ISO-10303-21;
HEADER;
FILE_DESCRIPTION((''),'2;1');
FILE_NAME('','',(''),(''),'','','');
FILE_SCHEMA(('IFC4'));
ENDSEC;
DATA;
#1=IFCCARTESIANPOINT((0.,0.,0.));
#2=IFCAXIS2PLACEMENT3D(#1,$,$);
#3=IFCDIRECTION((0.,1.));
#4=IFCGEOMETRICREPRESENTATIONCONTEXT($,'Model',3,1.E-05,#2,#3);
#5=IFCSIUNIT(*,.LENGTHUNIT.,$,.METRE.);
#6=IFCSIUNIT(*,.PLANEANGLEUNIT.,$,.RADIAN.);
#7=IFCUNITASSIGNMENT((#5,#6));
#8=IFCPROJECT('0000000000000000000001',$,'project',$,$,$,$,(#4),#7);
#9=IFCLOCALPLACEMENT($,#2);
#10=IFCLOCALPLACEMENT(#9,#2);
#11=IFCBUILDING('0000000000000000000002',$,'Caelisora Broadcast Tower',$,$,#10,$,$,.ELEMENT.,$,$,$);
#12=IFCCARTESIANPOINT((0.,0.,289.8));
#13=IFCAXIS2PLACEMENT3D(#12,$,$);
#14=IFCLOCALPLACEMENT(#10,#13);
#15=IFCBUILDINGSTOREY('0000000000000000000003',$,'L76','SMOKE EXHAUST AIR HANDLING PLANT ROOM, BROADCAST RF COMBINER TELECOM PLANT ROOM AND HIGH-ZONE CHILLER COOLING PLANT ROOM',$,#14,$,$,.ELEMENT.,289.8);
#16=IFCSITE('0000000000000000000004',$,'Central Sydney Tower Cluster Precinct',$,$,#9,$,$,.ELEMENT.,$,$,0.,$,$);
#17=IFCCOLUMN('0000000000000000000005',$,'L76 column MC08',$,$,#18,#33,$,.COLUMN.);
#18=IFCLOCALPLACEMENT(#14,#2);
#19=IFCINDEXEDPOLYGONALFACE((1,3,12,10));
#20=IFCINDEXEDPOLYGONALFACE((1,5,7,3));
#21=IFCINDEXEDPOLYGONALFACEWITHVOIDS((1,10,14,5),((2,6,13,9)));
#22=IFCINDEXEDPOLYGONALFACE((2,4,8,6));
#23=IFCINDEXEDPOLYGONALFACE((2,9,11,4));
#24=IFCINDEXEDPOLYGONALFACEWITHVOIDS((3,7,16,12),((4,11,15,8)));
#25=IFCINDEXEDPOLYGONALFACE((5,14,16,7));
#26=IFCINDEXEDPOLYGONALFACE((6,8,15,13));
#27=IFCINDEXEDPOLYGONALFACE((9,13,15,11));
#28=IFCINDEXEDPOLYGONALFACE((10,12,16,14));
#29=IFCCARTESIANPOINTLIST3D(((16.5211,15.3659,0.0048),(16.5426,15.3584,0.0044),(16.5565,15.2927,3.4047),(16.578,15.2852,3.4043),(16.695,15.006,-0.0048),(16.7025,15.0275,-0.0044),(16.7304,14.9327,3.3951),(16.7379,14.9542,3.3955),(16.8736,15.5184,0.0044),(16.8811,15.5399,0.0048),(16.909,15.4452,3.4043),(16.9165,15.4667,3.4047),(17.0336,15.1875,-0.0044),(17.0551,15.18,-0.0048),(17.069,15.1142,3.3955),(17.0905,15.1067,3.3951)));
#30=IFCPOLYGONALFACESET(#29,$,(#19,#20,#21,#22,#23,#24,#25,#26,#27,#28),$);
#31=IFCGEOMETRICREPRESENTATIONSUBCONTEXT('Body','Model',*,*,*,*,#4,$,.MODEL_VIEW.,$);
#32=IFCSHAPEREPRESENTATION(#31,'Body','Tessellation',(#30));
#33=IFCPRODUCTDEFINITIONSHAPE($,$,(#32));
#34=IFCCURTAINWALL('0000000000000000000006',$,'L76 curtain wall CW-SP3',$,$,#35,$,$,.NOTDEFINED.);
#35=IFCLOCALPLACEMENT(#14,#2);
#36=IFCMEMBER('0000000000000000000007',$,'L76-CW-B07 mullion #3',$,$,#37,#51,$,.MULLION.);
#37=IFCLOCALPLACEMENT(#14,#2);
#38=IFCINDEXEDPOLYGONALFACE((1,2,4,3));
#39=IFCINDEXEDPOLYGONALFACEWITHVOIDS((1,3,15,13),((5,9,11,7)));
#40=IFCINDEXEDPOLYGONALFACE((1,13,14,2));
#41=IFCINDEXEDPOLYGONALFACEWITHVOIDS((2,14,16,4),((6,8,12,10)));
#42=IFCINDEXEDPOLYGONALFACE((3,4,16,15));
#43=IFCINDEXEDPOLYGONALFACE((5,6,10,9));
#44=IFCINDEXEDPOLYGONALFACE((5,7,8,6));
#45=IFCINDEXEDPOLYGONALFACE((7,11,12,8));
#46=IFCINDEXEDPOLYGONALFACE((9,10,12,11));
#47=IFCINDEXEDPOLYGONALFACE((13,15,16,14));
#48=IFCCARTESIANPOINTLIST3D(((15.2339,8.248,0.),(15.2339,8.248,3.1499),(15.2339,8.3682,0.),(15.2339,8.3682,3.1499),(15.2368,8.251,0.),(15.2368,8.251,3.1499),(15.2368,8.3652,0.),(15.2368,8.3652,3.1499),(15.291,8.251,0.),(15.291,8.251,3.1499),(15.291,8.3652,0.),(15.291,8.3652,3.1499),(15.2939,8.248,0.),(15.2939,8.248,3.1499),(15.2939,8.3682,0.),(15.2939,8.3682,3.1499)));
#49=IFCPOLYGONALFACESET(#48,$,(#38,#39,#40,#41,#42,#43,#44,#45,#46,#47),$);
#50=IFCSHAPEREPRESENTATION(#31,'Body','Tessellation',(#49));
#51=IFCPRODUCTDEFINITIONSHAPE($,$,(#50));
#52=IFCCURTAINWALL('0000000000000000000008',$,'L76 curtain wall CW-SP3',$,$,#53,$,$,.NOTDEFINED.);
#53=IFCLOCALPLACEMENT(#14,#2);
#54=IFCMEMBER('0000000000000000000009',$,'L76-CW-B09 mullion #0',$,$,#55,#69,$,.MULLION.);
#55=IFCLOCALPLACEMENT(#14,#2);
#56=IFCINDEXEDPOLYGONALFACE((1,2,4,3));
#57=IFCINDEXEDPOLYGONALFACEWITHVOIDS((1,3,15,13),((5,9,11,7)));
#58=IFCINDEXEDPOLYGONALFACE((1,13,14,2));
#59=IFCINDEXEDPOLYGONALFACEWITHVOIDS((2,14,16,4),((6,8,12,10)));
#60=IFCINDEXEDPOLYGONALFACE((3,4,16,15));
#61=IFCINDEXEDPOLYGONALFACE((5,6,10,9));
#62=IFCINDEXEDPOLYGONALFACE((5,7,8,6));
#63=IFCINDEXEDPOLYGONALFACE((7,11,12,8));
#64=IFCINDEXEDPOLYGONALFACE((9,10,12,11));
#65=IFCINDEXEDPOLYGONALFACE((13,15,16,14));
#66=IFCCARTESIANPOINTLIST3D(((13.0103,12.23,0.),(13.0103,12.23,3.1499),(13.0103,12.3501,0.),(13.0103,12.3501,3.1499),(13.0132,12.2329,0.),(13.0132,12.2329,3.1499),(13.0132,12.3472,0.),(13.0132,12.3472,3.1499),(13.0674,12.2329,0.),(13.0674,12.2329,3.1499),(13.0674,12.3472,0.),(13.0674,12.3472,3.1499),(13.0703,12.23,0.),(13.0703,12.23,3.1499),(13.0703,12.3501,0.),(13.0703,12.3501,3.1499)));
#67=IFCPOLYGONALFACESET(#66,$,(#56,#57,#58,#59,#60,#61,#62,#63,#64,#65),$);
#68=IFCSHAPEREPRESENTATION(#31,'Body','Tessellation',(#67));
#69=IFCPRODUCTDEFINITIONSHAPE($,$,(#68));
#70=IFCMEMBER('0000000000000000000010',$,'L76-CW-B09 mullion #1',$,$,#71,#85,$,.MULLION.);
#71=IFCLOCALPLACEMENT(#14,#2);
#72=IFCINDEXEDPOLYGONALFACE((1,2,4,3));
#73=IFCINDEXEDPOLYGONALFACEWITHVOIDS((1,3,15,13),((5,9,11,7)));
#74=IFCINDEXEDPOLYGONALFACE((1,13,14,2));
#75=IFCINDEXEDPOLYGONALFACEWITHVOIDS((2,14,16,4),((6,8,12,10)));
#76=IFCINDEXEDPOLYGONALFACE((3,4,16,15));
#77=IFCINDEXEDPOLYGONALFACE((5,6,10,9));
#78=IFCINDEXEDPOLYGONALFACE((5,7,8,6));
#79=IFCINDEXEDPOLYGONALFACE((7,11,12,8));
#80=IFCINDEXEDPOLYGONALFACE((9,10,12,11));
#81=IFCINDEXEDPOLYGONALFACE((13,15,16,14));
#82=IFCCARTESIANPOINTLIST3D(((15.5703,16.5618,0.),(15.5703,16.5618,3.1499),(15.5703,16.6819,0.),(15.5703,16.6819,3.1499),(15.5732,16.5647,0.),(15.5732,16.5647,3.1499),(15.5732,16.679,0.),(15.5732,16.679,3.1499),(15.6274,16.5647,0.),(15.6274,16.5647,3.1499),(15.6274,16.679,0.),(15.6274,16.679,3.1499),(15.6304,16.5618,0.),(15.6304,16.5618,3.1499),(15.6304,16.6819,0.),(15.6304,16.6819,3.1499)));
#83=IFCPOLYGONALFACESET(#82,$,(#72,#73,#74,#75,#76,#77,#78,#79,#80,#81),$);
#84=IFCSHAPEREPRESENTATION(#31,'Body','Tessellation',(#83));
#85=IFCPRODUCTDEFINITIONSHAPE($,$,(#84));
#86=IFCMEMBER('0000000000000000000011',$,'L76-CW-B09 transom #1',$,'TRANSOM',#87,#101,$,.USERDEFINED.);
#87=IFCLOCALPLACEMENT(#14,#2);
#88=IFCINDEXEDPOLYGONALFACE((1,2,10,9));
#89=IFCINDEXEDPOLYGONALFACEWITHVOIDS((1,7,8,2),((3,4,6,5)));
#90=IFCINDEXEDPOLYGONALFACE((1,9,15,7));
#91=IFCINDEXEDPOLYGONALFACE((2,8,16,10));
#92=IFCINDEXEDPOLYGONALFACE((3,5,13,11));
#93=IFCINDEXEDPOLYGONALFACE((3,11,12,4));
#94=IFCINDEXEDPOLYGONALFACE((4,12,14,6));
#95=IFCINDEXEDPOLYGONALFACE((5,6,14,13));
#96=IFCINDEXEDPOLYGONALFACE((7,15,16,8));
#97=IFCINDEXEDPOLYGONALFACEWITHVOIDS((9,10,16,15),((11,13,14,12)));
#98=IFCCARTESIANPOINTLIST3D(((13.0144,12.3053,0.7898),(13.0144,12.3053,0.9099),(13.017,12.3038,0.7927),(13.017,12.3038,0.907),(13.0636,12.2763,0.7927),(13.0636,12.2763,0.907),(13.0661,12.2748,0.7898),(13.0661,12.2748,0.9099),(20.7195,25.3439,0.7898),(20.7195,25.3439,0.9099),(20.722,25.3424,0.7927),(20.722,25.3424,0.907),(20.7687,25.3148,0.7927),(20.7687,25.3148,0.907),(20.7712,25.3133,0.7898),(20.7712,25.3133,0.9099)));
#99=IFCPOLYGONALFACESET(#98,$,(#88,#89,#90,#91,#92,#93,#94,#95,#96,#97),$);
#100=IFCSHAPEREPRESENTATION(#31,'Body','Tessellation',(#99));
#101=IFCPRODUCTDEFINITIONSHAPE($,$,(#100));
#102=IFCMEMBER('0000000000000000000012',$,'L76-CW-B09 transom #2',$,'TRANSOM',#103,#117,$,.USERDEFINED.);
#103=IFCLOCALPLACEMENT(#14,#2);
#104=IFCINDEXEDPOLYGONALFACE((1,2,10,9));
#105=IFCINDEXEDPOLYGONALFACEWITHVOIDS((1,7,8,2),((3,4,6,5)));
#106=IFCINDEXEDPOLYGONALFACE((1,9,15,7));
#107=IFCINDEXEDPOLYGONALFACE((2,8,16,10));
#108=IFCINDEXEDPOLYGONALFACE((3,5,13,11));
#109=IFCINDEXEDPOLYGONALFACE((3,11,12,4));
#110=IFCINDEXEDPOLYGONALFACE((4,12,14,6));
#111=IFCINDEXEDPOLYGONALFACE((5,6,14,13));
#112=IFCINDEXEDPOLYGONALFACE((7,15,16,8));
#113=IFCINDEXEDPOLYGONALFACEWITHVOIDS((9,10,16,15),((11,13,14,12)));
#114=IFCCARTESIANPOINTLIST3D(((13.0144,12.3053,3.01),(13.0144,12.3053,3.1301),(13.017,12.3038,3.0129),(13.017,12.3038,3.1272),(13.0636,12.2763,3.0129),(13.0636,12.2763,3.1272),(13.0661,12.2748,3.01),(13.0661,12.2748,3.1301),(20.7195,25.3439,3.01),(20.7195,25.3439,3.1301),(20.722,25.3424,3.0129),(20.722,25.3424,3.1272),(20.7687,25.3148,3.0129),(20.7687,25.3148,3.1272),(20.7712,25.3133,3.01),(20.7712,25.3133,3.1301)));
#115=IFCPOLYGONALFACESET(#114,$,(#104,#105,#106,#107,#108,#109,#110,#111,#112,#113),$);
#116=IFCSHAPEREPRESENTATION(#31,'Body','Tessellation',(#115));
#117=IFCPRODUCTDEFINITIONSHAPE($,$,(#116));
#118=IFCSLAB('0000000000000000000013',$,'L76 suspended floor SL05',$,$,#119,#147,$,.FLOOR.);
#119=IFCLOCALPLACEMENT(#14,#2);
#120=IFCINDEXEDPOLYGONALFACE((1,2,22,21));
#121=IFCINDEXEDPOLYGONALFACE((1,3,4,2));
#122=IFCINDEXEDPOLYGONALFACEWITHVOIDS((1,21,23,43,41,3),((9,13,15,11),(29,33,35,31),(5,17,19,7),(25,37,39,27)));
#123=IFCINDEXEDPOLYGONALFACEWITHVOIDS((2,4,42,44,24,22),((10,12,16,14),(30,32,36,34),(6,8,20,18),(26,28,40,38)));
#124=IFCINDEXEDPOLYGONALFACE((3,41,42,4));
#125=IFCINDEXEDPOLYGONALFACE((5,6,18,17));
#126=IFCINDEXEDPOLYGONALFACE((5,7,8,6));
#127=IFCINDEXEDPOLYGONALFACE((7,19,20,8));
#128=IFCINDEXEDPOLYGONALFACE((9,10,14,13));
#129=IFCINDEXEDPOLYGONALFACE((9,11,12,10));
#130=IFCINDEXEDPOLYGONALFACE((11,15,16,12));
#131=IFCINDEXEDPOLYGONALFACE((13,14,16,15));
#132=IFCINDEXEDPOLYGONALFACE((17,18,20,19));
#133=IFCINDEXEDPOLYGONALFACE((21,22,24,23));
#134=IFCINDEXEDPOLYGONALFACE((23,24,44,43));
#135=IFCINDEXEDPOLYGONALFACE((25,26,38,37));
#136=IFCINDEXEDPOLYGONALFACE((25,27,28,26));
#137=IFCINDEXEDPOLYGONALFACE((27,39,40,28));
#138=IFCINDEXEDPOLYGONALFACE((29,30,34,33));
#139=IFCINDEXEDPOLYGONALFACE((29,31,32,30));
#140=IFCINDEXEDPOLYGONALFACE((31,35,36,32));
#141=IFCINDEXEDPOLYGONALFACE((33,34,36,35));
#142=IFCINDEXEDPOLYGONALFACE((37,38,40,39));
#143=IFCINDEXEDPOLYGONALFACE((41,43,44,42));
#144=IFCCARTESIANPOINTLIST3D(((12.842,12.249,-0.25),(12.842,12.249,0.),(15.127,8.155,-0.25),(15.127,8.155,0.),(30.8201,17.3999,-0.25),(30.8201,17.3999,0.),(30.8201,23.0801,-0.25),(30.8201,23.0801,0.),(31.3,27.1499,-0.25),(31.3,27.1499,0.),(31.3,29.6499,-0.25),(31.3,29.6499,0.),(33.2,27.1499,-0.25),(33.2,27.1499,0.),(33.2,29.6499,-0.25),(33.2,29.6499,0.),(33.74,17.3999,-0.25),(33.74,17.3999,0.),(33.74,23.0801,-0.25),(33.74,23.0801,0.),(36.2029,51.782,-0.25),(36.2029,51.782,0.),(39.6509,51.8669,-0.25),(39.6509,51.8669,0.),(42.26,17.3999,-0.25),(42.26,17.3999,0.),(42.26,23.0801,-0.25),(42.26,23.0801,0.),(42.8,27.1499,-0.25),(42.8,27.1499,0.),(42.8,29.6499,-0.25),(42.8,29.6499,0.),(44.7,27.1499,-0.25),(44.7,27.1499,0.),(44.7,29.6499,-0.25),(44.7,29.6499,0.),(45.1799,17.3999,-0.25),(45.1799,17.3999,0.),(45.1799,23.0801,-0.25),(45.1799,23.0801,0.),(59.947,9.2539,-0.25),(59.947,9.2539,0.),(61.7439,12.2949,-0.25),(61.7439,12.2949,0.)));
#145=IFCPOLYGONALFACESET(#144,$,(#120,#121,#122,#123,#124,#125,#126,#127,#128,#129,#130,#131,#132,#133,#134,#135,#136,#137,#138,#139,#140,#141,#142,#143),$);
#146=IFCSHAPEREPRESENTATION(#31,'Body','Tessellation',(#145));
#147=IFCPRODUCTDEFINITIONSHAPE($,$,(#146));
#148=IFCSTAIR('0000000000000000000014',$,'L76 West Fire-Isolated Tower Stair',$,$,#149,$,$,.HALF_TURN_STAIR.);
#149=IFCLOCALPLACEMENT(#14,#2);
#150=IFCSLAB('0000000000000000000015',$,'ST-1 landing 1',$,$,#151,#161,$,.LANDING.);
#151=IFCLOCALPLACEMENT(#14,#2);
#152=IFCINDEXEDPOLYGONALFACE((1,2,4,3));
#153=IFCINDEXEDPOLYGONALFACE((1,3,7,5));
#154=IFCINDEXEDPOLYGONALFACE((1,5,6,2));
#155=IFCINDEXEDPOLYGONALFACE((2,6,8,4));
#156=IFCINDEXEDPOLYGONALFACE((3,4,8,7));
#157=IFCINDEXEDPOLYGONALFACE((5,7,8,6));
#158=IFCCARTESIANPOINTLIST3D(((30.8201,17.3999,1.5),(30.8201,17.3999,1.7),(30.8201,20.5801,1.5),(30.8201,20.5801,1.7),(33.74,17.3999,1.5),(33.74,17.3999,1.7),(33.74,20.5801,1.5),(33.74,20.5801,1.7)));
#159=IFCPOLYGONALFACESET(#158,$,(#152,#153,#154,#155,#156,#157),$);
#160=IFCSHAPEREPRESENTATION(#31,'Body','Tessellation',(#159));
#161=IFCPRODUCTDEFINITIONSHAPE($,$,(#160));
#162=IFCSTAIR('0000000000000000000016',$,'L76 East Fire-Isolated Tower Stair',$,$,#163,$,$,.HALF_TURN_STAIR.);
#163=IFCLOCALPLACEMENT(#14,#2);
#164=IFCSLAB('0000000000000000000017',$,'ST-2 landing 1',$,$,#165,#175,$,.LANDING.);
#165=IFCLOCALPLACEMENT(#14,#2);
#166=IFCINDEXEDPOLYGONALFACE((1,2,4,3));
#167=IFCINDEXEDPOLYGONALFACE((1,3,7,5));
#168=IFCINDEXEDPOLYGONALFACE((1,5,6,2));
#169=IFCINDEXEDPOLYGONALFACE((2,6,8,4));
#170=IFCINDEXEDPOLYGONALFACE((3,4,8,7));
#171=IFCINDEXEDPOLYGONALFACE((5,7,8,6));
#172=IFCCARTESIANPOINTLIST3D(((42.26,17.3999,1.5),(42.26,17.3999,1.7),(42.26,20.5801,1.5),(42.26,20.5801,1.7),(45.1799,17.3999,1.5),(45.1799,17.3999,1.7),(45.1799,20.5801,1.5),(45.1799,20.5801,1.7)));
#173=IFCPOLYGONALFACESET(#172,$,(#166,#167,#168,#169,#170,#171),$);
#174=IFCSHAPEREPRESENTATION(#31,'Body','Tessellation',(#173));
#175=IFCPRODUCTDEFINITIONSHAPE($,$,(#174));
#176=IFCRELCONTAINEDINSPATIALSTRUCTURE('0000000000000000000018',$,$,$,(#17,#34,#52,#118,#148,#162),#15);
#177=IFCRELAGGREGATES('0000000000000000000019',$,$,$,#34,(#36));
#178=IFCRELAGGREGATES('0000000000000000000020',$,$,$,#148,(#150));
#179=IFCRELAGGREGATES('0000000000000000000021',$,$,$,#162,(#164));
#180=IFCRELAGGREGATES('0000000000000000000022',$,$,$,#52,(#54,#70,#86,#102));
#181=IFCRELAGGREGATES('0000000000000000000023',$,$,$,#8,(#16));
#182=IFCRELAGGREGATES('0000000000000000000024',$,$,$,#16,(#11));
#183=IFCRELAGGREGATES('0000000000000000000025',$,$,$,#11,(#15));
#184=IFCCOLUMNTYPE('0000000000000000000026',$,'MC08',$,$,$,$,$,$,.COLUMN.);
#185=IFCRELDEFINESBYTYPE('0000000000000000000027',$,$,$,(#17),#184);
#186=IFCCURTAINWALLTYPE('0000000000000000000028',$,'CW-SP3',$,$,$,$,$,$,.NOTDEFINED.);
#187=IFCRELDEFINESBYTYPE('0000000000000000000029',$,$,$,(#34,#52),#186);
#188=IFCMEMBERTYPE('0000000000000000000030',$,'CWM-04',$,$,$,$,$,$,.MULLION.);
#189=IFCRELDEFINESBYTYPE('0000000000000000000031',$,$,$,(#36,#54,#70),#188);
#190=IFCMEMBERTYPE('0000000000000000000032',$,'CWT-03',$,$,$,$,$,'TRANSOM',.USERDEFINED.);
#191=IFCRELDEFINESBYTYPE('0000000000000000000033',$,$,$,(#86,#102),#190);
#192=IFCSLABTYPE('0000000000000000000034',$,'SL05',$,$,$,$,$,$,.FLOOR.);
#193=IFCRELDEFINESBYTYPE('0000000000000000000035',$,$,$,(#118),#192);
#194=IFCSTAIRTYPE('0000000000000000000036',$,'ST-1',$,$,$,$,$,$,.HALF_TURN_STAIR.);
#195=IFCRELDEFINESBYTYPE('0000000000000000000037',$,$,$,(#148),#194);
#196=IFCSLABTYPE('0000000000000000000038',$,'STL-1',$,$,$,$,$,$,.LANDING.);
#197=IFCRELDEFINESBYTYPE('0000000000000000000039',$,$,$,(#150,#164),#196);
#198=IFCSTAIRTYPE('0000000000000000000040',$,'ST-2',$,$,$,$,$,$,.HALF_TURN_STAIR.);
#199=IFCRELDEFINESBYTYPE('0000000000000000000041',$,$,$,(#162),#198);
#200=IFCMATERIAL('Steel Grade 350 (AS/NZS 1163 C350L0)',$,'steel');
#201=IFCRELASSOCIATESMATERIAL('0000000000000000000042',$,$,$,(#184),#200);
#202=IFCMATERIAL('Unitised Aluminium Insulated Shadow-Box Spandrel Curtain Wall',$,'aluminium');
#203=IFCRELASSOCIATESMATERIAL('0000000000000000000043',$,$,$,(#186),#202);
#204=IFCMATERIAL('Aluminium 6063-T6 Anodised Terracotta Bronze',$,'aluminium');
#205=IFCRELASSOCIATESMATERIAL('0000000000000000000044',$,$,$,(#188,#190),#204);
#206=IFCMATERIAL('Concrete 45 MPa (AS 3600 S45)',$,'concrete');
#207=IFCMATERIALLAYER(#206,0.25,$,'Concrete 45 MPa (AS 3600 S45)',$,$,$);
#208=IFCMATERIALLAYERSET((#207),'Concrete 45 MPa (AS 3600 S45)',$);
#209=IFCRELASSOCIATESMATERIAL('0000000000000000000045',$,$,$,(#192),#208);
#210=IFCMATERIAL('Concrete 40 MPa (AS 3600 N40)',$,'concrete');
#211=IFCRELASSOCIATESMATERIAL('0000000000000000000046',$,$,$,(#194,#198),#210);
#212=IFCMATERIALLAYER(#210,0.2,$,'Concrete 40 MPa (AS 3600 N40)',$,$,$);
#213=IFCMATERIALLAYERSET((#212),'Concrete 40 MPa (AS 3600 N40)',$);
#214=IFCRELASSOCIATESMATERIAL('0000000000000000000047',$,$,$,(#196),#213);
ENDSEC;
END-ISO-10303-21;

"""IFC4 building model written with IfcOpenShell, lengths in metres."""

from ifc_helpers import new_model, si_unit, direction, frame, origin, origin_2d, place, context, subcontext, project, spatial, polyline, hollow_rectangle, outline, extrude, source, transform, mapped, material, layer, layer_set, material_profile, profile_set, type_object, type_shapes, element, aggregate, save


model = new_model("IFC4")

# Units and contexts
model_context = context("Model", 3, precision=1e-05, world=origin(), true_north=direction((0.0, 1.0)))
body_context = subcontext(model_context, "Body", "Model", "MODEL_VIEW")
ifc_project = project(units=[si_unit("LENGTHUNIT", "METRE"), si_unit("PLANEANGLEUNIT", "RADIAN")], contexts=[model_context])

# Site, building, storey
site_placement = place(None, origin())
site = spatial("IfcSite", under=ifc_project, at=site_placement, Name="Central Sydney Tower Cluster Precinct", CompositionType="ELEMENT", RefElevation=0.0)
building_placement = place(site_placement, origin())
building = spatial("IfcBuilding", under=site, at=building_placement, Name="Caelisora Broadcast Tower", CompositionType="ELEMENT")
storey_placement = place(building_placement, frame((0.0, 0.0, 289.8)))
storey = spatial("IfcBuildingStorey", under=building, at=storey_placement, Name="L76", Description="SMOKE EXHAUST AIR HANDLING PLANT ROOM, BROADCAST RF COMBINER TELECOM PLANT ROOM AND HIGH-ZONE CHILLER COOLING PLANT ROOM", CompositionType="ELEMENT", Elevation=289.8)

# Column
ifc_material_1 = material(Name="Steel Grade 350 (AS/NZS 1163 C350L0)", Category="steel")
ifc_material_profile_1 = material_profile(ifc_material_1, hollow_rectangle(XDim=0.3999, YDim=0.3999, WallThickness=0.0161, at=origin_2d()), Name="Steel Grade 350 (AS/NZS 1163 C350L0)")
ifc_profile_set_1 = profile_set([ifc_material_profile_1], Name="Steel Grade 350 (AS/NZS 1163 C350L0)")
column_type = type_object("IfcColumnType", Name="MC08", PredefinedType="COLUMN", material=ifc_profile_set_1)
shared_shape_1 = source(origin(), body_context, "Body", "SweptSolid", [
    extrude(hollow_rectangle(XDim=0.3999, YDim=0.3999, WallThickness=0.0161, at=origin_2d()), origin(), (0.0, 0.0, 1.0), 3.4009),
])
type_shapes(column_type, [shared_shape_1])
column_placement = place(storey_placement, frame((16.7881, 15.2729, 0.0), z_axis=(0.010409, -0.021536, 0.999714), x_axis=(0.900349, 0.435169, 0.0)))
element("IfcColumn", 1, at=column_placement, inside=storey, type_object=column_type, Name="L76 column MC08", PredefinedType="COLUMN", context=body_context, shape_type="MappedRepresentation", body=[
    mapped(shared_shape_1, transform((0.0, 0.0, 0.0), scale=1.0)),
])

# Curtain wall, member
ifc_material_2 = material(Name="Unitised Aluminium Insulated Shadow-Box Spandrel Curtain Wall", Category="aluminium")
curtain_wall_type = type_object("IfcCurtainWallType", Name="CW-SP3", PredefinedType="NOTDEFINED", material=ifc_material_2)
curtain_wall_1_placement = place(storey_placement, origin())
curtain_wall_1 = element("IfcCurtainWall", 2, at=curtain_wall_1_placement, inside=storey, type_object=curtain_wall_type, Name="L76 curtain wall CW-SP3", PredefinedType="NOTDEFINED")
ifc_material_3 = material(Name="Aluminium 6063-T6 Anodised Terracotta Bronze", Category="aluminium")
ifc_material_profile_2 = material_profile(ifc_material_3, hollow_rectangle(XDim=0.0601, YDim=0.1201, WallThickness=0.0029, at=origin_2d()), Name="Aluminium 6063-T6 Anodised Terracotta Bronze")
ifc_profile_set_2 = profile_set([ifc_material_profile_2], Name="Aluminium 6063-T6 Anodised Terracotta Bronze")
member_type_1 = type_object("IfcMemberType", Name="CWM-04", PredefinedType="MULLION", material=ifc_profile_set_2)
shared_shape_2 = source(origin(), body_context, "Body", "SweptSolid", [
    extrude(hollow_rectangle(XDim=0.0601, YDim=0.1201, WallThickness=0.0029, at=origin_2d()), origin(), (0.0, 0.0, 1.0), 3.1499),
])
type_shapes(member_type_1, [shared_shape_2])
member_1_placement = place(storey_placement, frame((15.2639, 8.3081, 0.0), z_axis=(0.0, 0.0, 1.0), x_axis=(1.0, 0.0, 0.0)))
member_1 = element("IfcMember", 3, at=member_1_placement, type_object=member_type_1, Name="L76-CW-B07 mullion #3", PredefinedType="MULLION", context=body_context, shape_type="MappedRepresentation", body=[
    mapped(shared_shape_2, transform((0.0, 0.0, 0.0), scale=1.0)),
])
aggregate(curtain_wall_1, [member_1])

# Curtain wall, members
curtain_wall_2_placement = place(storey_placement, origin())
curtain_wall_2 = element("IfcCurtainWall", 4, at=curtain_wall_2_placement, inside=storey, type_object=curtain_wall_type, Name="L76 curtain wall CW-SP3", PredefinedType="NOTDEFINED")
member_2_placement = place(storey_placement, frame((13.0403, 12.29, 0.0), z_axis=(0.0, 0.0, 1.0), x_axis=(1.0, 0.0, 0.0)))
member_2 = element("IfcMember", 5, at=member_2_placement, type_object=member_type_1, Name="L76-CW-B09 mullion #0", PredefinedType="MULLION", context=body_context, shape_type="MappedRepresentation", body=[
    mapped(shared_shape_2, transform((0.0, 0.0, 0.0), scale=1.0)),
])
member_3_placement = place(storey_placement, frame((15.6003, 16.6218, 0.0), z_axis=(0.0, 0.0, 1.0), x_axis=(1.0, 0.0, 0.0)))
member_3 = element("IfcMember", 6, at=member_3_placement, type_object=member_type_1, Name="L76-CW-B09 mullion #1", PredefinedType="MULLION", context=body_context, shape_type="MappedRepresentation", body=[
    mapped(shared_shape_2, transform((0.0, 0.0, 0.0), scale=1.0)),
])
ifc_material_profile_3 = material_profile(ifc_material_3, hollow_rectangle(XDim=0.0601, YDim=0.1201, WallThickness=0.0029, at=origin_2d()), Name="Aluminium 6063-T6 Anodised Terracotta Bronze")
ifc_profile_set_3 = profile_set([ifc_material_profile_3], Name="Aluminium 6063-T6 Anodised Terracotta Bronze")
member_type_2 = type_object("IfcMemberType", Name="CWT-03", ElementType="TRANSOM", PredefinedType="USERDEFINED", material=ifc_profile_set_3)
shared_shape_3 = source(origin(), body_context, "Body", "SweptSolid", [
    extrude(hollow_rectangle(XDim=0.0601, YDim=0.1201, WallThickness=0.0029, at=origin_2d()), origin(), (0.0, 0.0, 1.0), 15.145),
])
type_shapes(member_type_2, [shared_shape_3])
member_4_placement = place(storey_placement, frame((13.0403, 12.29, 0.8499), z_axis=(0.508752, 0.860913, 0.0), x_axis=(-0.860913, 0.508752, 0.0)))
member_4 = element("IfcMember", 7, at=member_4_placement, type_object=member_type_2, Name="L76-CW-B09 transom #1", ObjectType="TRANSOM", PredefinedType="USERDEFINED", context=body_context, shape_type="MappedRepresentation", body=[
    mapped(shared_shape_3, transform((0.0, 0.0, 0.0), scale=1.0)),
])
member_5_placement = place(storey_placement, frame((13.0403, 12.29, 3.0701), z_axis=(0.508752, 0.860913, 0.0), x_axis=(-0.860913, 0.508752, 0.0)))
member_5 = element("IfcMember", 8, at=member_5_placement, type_object=member_type_2, Name="L76-CW-B09 transom #2", ObjectType="TRANSOM", PredefinedType="USERDEFINED", context=body_context, shape_type="MappedRepresentation", body=[
    mapped(shared_shape_3, transform((0.0, 0.0, 0.0), scale=1.0)),
])

# Slab
ifc_material_4 = material(Name="Concrete 45 MPa (AS 3600 S45)", Category="concrete")
ifc_layer_1 = layer(ifc_material_4, 0.25, Name="Concrete 45 MPa (AS 3600 S45)")
ifc_layer_set_1 = layer_set([ifc_layer_1], Name="Concrete 45 MPa (AS 3600 S45)")
slab_type_1 = type_object("IfcSlabType", Name="SL05", PredefinedType="FLOOR", material=ifc_layer_set_1)
slab_1_placement = place(storey_placement, frame((0.0, 0.0, -0.25)))
element("IfcSlab", 9, at=slab_1_placement, inside=storey, type_object=slab_type_1, Name="L76 suspended floor SL05", PredefinedType="FLOOR", context=body_context, shape_type="SweptSolid", body=[
    extrude(outline(polyline([(39.6509, 51.8669), (36.2029, 51.782), (12.842, 12.249), (15.127, 8.155), (59.947, 9.2539), (61.7439, 12.2949), (39.6509, 51.8669)]), holes=[polyline([(30.8201, 17.3999), (33.74, 17.3999), (33.74, 23.0801), (30.8201, 23.0801), (30.8201, 17.3999)]), polyline([(42.26, 17.3999), (45.1799, 17.3999), (45.1799, 23.0801), (42.26, 23.0801), (42.26, 17.3999)]), polyline([(42.8, 27.1499), (44.7, 27.1499), (44.7, 29.6499), (42.8, 29.6499), (42.8, 27.1499)]), polyline([(31.3, 27.1499), (33.2, 27.1499), (33.2, 29.6499), (31.3, 29.6499), (31.3, 27.1499)])]), origin(), (0.0, 0.0, 1.0), 0.25),
])

# Stairs, slabs
ifc_material_5 = material(Name="Concrete 40 MPa (AS 3600 N40)", Category="concrete")
stair_type_1 = type_object("IfcStairType", Name="ST-1", PredefinedType="HALF_TURN_STAIR", material=ifc_material_5)
stair_1_placement = place(storey_placement, origin())
stair_1 = element("IfcStair", 10, at=stair_1_placement, inside=storey, type_object=stair_type_1, Name="L76 West Fire-Isolated Tower Stair", PredefinedType="HALF_TURN_STAIR")
ifc_layer_2 = layer(ifc_material_5, 0.2, Name="Concrete 40 MPa (AS 3600 N40)")
ifc_layer_set_2 = layer_set([ifc_layer_2], Name="Concrete 40 MPa (AS 3600 N40)")
slab_type_2 = type_object("IfcSlabType", Name="STL-1", PredefinedType="LANDING", material=ifc_layer_set_2)
slab_2_placement = place(storey_placement, frame((0.0, 0.0, 1.5)))
slab_2 = element("IfcSlab", 11, at=slab_2_placement, type_object=slab_type_2, Name="ST-1 landing 1", PredefinedType="LANDING", context=body_context, shape_type="SweptSolid", body=[
    extrude(outline(polyline([(30.8201, 20.5801), (30.8201, 17.3999), (33.74, 17.3999), (33.74, 20.5801), (30.8201, 20.5801)])), origin(), (0.0, 0.0, 1.0), 0.2),
])
aggregate(stair_1, [slab_2])
stair_type_2 = type_object("IfcStairType", Name="ST-2", PredefinedType="HALF_TURN_STAIR", material=ifc_material_5)
stair_2_placement = place(storey_placement, origin())
stair_2 = element("IfcStair", 12, at=stair_2_placement, inside=storey, type_object=stair_type_2, Name="L76 East Fire-Isolated Tower Stair", PredefinedType="HALF_TURN_STAIR")
slab_3_placement = place(storey_placement, frame((0.0, 0.0, 1.5)))
slab_3 = element("IfcSlab", 13, at=slab_3_placement, type_object=slab_type_2, Name="ST-2 landing 1", PredefinedType="LANDING", context=body_context, shape_type="SweptSolid", body=[
    extrude(outline(polyline([(42.26, 20.5801), (42.26, 17.3999), (45.1799, 17.3999), (45.1799, 20.5801), (42.26, 20.5801)])), origin(), (0.0, 0.0, 1.0), 0.2),
])
aggregate(stair_2, [slab_3])

aggregate(curtain_wall_2, [member_2, member_3, member_4, member_5])

save(model, "model.ifc")
